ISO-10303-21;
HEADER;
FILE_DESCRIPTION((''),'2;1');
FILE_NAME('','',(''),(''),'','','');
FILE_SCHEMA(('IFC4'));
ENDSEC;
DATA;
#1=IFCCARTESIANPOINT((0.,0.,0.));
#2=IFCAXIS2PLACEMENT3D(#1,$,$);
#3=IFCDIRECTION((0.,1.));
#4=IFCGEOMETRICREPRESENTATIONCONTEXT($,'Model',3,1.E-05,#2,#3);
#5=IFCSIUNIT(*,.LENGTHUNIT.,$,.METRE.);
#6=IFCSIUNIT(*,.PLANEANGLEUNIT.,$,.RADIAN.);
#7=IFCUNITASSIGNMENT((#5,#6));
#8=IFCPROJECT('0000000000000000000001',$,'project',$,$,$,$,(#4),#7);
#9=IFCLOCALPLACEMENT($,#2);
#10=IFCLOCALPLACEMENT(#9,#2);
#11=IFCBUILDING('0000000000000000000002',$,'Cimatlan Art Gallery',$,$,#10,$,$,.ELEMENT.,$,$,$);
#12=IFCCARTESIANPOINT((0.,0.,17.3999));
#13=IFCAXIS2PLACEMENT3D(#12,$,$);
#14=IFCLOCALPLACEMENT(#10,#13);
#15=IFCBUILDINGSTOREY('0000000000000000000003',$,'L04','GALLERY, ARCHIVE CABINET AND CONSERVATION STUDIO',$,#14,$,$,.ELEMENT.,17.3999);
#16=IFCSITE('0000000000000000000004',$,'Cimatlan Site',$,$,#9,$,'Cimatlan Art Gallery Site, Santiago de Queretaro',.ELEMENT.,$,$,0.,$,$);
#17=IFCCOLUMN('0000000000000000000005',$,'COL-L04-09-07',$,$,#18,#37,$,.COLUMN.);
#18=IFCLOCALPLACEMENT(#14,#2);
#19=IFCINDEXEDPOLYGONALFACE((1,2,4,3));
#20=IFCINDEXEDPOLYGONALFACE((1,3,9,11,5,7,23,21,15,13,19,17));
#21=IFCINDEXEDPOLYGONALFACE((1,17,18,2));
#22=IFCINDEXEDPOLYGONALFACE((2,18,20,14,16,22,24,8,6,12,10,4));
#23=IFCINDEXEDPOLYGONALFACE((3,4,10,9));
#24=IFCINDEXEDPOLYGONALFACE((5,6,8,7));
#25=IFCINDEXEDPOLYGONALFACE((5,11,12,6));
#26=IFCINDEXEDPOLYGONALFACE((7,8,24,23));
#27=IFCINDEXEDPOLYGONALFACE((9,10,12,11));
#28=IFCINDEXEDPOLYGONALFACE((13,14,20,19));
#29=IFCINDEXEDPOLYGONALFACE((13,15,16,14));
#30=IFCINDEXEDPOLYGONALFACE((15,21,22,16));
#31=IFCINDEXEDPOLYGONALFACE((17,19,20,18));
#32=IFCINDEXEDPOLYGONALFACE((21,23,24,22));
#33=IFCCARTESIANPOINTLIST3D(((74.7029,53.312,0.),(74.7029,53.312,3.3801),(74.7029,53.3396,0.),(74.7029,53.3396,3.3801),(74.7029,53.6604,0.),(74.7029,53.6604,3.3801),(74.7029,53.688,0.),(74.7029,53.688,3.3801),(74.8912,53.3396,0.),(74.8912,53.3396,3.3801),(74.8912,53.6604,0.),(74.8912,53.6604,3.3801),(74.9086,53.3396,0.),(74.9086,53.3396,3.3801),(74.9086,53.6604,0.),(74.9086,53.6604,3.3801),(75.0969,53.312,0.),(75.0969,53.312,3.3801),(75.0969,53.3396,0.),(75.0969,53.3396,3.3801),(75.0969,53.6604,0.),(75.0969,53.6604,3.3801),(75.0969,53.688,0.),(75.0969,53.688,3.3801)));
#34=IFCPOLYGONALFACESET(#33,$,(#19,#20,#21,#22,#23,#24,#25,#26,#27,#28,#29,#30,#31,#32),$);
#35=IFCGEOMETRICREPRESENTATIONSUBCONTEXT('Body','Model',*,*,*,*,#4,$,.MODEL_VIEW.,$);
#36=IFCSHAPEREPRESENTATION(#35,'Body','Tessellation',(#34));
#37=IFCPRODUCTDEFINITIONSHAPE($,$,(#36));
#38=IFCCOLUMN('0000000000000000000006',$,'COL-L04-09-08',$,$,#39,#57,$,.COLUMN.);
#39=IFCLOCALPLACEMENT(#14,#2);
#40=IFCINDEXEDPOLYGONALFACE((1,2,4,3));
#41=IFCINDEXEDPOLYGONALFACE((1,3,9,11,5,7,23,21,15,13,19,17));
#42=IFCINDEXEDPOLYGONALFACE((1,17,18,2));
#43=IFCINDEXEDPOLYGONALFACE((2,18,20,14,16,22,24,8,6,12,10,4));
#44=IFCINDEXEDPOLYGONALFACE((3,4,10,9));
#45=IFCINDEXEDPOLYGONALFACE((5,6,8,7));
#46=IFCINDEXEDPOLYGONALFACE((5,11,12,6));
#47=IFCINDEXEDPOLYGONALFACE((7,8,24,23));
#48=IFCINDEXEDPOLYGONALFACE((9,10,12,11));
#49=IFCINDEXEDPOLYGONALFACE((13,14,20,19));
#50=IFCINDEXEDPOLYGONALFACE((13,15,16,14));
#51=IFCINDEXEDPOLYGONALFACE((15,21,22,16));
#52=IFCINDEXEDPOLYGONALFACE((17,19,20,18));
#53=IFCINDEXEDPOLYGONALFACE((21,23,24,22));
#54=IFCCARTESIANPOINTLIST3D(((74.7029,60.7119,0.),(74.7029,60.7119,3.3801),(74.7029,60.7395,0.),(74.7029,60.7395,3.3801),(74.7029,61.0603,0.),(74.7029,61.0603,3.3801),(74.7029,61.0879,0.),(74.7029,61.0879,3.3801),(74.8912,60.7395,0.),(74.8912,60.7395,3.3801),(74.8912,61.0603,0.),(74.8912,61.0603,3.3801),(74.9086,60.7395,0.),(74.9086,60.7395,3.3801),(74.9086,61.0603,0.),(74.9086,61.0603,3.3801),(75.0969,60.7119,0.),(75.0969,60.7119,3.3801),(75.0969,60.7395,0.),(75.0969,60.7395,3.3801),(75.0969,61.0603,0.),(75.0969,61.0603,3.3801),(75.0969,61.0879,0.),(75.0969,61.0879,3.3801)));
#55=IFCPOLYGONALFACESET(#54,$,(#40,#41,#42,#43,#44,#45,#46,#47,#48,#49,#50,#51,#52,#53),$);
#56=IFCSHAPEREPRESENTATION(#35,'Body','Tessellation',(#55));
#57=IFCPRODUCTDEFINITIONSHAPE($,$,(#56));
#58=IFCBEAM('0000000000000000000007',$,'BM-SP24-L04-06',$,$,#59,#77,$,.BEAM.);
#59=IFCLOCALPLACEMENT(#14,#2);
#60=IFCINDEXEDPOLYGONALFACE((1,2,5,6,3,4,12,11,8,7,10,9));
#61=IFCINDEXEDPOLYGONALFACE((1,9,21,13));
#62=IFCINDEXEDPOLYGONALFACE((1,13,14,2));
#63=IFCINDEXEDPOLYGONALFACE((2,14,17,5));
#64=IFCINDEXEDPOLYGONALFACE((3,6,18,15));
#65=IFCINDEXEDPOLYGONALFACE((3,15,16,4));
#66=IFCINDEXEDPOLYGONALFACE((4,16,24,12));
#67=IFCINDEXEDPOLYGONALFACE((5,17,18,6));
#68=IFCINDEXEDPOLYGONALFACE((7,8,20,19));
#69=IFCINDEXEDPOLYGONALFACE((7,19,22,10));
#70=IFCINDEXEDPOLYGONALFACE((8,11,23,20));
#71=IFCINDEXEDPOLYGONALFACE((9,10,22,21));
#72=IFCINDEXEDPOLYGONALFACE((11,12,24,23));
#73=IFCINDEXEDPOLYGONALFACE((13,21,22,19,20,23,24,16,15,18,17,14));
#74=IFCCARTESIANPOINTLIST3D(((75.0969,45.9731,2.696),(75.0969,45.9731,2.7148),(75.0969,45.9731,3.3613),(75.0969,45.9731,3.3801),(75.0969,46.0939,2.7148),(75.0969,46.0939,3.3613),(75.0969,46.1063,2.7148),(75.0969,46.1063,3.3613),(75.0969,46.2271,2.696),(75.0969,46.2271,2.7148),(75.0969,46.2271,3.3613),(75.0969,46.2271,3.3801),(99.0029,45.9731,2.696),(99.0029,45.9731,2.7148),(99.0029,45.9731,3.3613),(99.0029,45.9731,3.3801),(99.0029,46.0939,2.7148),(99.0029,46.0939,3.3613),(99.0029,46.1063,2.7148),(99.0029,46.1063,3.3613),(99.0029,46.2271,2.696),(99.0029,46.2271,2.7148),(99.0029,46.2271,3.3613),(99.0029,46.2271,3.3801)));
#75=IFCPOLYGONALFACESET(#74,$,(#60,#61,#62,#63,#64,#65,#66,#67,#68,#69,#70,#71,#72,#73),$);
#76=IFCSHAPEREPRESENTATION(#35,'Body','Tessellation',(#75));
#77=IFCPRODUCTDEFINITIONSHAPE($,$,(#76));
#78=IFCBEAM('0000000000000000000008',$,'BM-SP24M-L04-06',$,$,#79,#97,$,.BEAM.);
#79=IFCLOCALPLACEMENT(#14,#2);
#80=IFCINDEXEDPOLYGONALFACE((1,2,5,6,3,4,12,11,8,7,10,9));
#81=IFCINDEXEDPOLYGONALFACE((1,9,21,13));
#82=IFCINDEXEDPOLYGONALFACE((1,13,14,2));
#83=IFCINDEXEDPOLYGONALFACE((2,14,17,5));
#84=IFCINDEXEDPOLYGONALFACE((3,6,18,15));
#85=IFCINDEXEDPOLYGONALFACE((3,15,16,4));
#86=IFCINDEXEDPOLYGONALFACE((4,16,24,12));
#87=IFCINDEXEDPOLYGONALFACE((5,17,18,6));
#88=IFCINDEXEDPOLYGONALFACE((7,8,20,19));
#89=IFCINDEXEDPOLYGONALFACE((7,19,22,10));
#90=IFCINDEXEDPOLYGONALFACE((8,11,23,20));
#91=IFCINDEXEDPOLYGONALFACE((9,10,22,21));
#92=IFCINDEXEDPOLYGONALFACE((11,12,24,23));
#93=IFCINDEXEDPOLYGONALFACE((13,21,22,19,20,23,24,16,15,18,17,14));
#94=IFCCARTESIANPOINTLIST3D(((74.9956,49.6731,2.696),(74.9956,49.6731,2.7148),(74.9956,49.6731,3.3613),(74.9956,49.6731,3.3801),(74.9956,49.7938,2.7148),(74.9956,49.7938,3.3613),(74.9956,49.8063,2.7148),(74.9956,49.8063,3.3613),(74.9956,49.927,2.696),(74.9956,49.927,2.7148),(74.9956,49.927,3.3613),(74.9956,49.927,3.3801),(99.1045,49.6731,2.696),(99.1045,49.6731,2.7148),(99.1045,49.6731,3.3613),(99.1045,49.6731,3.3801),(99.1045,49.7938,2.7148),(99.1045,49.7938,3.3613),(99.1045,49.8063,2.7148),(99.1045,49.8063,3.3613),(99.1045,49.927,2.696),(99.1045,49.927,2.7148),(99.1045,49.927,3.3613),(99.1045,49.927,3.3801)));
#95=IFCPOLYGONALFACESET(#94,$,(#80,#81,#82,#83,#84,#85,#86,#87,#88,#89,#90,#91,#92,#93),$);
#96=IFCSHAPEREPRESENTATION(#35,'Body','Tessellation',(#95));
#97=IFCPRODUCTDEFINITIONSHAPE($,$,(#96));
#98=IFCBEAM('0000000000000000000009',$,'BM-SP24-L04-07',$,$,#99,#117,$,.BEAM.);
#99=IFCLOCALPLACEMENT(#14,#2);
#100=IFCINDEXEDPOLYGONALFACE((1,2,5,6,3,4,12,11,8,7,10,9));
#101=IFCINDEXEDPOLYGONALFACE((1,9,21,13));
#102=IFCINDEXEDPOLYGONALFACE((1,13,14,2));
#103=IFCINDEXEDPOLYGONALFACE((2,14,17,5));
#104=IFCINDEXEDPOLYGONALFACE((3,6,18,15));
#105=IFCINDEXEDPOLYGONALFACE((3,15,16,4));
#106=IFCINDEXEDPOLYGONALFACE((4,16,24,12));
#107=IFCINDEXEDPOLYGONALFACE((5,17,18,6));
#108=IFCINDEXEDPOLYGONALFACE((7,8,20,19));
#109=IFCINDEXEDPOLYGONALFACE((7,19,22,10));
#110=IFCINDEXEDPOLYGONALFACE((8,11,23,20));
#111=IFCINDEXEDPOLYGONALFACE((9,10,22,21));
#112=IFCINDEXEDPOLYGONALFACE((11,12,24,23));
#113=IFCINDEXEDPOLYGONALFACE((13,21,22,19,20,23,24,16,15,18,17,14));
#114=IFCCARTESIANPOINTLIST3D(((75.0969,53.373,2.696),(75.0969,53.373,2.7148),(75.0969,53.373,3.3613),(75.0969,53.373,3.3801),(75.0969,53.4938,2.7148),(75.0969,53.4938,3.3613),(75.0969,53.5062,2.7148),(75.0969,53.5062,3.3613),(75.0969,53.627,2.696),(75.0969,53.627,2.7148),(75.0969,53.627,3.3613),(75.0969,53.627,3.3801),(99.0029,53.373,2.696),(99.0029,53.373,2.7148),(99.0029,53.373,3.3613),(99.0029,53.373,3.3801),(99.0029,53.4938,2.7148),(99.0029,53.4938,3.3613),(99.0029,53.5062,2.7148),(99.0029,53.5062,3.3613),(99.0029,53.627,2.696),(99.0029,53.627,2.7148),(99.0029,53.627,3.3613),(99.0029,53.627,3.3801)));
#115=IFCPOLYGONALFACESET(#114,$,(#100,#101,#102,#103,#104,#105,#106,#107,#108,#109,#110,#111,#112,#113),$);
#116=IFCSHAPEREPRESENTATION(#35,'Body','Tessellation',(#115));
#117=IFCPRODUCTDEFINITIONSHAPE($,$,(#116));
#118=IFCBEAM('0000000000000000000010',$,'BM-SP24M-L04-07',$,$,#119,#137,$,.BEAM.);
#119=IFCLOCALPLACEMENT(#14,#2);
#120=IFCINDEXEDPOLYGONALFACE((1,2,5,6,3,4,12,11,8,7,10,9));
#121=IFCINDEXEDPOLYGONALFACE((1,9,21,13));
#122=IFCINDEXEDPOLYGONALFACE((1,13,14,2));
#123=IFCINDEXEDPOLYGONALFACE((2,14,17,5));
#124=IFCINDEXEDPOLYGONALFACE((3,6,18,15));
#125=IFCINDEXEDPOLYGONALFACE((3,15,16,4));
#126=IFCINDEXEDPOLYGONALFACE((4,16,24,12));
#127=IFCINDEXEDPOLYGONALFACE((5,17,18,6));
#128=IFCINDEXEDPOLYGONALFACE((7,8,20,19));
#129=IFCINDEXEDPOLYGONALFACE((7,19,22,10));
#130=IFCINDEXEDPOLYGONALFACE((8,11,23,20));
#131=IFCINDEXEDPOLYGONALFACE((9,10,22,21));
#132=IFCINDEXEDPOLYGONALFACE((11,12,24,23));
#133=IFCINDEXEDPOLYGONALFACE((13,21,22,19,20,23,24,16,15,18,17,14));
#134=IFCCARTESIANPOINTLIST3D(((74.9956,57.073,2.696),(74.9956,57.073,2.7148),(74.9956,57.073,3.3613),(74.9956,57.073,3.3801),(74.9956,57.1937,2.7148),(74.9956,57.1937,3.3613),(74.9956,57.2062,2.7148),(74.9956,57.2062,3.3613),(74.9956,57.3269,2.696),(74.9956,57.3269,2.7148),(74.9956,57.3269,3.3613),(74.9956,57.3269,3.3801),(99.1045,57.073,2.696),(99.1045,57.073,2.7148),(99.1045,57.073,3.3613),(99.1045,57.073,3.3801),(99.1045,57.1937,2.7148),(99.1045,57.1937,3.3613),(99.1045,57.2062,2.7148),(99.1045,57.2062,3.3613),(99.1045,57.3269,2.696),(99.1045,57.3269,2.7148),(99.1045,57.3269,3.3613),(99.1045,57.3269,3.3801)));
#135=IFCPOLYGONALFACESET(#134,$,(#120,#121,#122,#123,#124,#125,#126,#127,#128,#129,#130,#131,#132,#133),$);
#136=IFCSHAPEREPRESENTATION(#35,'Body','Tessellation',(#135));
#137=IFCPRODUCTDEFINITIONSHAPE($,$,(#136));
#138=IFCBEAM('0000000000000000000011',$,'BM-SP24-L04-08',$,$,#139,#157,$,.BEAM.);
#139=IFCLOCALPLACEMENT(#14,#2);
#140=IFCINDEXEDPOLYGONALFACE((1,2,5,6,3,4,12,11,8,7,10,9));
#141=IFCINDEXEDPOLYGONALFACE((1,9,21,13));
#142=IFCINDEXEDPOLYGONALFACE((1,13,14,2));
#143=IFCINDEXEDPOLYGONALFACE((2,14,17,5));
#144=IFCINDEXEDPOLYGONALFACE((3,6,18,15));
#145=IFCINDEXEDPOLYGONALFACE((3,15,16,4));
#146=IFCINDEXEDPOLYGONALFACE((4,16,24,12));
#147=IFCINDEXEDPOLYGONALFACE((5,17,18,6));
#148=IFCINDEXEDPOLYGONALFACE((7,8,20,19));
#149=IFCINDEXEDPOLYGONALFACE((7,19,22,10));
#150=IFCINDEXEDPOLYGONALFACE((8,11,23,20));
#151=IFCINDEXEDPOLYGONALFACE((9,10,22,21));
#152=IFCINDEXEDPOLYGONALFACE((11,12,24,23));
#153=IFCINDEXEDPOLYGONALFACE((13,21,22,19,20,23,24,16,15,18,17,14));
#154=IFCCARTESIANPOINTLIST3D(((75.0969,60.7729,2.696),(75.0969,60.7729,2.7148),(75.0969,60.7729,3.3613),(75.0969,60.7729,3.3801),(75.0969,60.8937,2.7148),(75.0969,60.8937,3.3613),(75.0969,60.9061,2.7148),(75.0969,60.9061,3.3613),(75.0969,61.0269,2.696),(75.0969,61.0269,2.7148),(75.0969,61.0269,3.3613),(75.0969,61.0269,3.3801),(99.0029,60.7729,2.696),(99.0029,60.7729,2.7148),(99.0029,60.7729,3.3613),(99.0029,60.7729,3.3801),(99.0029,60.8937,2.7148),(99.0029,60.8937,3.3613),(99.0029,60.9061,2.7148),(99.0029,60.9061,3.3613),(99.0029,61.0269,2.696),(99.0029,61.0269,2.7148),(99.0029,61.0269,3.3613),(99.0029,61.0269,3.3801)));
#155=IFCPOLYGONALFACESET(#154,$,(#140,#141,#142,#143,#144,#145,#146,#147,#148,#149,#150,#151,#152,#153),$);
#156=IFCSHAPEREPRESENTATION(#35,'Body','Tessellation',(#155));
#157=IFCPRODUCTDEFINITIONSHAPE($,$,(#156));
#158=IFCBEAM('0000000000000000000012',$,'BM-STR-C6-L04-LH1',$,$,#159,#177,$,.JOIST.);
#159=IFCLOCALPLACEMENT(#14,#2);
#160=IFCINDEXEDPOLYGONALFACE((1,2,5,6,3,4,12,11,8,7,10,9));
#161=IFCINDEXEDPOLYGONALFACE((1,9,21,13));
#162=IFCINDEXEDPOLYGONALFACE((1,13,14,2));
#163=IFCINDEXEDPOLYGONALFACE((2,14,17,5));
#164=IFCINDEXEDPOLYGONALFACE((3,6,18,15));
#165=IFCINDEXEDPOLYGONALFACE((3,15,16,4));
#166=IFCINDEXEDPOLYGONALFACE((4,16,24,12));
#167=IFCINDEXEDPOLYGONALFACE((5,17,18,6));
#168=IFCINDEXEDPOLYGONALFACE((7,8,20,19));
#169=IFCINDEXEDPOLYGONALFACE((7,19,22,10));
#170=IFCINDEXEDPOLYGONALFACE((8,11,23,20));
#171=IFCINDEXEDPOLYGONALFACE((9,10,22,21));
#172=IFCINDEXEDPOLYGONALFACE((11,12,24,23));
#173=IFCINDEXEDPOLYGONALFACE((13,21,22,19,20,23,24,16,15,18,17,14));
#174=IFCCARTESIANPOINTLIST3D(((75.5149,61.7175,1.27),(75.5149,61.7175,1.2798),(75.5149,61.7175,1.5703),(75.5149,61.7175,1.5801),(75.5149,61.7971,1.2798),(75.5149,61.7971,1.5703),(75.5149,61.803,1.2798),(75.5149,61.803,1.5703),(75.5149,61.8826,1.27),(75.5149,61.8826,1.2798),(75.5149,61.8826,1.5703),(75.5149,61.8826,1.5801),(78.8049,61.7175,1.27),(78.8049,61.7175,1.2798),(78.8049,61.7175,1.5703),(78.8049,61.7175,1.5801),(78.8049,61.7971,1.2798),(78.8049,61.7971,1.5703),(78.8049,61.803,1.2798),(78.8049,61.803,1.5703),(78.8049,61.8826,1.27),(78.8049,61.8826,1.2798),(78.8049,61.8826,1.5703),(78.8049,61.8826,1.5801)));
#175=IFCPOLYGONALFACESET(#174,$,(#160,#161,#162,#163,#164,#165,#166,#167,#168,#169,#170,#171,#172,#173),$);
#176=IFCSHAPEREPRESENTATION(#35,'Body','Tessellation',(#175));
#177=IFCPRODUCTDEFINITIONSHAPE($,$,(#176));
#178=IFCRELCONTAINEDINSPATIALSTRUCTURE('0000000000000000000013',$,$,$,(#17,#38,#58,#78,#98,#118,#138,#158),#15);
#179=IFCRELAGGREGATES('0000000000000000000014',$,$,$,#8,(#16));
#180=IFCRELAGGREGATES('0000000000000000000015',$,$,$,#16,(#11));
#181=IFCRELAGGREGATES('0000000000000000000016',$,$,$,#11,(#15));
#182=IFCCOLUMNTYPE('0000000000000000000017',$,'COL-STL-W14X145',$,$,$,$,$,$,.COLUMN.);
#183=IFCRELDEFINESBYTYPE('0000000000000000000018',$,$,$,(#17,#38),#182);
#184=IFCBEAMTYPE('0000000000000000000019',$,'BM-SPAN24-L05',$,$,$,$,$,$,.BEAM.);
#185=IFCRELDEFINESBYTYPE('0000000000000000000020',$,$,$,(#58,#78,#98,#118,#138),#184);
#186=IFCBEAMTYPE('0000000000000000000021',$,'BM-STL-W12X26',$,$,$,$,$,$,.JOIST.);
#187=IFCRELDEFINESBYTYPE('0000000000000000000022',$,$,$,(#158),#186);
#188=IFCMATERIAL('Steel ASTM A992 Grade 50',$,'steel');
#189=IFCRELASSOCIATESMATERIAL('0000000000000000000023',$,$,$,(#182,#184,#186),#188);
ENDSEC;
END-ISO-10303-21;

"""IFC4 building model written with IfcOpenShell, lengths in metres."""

from ifc_helpers import new_model, si_unit, direction, frame, origin, origin_2d, place, context, subcontext, project, spatial, i_section, extrude, material, material_profile, profile_set, type_object, element, save


model = new_model("IFC4")

# Units and contexts
model_context = context("Model", 3, precision=1e-05, world=origin(), true_north=direction((0.0, 1.0)))
body_context = subcontext(model_context, "Body", "Model", "MODEL_VIEW")
ifc_project = project(units=[si_unit("LENGTHUNIT", "METRE"), si_unit("PLANEANGLEUNIT", "RADIAN")], contexts=[model_context])

# Site, building, storey
site_placement = place(None, origin())
site = spatial("IfcSite", under=ifc_project, at=site_placement, Name="Cimatlan Site", LongName="Cimatlan Art Gallery Site, Santiago de Queretaro", CompositionType="ELEMENT", RefElevation=0.0)
building_placement = place(site_placement, origin())
building = spatial("IfcBuilding", under=site, at=building_placement, Name="Cimatlan Art Gallery", CompositionType="ELEMENT")
storey_placement = place(building_placement, frame((0.0, 0.0, 17.3999)))
storey = spatial("IfcBuildingStorey", under=building, at=storey_placement, Name="L04", Description="GALLERY, ARCHIVE CABINET AND CONSERVATION STUDIO", CompositionType="ELEMENT", Elevation=17.3999)

# Columns
ifc_material_1 = material(Name="Steel ASTM A992 Grade 50", Category="steel")
ifc_material_profile_1 = material_profile(ifc_material_1, i_section(OverallWidth=0.394, OverallDepth=0.376, WebThickness=0.0173, FlangeThickness=0.0276, at=origin_2d()), Name="W14X145")
ifc_profile_set_1 = profile_set([ifc_material_profile_1], Name="Steel ASTM A992 Grade 50")
column_type = type_object("IfcColumnType", Name="COL-STL-W14X145", PredefinedType="COLUMN", material=ifc_profile_set_1)
for number, where, z_axis, x_axis, name in (
    (1, (74.8999, 53.5, 0.0), (0.0, 0.0, 1.0), (1.0, 0.0, 0.0), "COL-L04-09-07"),
    (2, (74.8999, 60.8999, 0.0), (0.0, 0.0, 1.0), (1.0, 0.0, 0.0), "COL-L04-09-08"),
):
    element("IfcColumn", number, at=place(storey_placement, frame(where, z_axis=z_axis, x_axis=x_axis)), inside=storey, type_object=column_type, Name=name, PredefinedType="COLUMN", context=body_context, shape_type="SweptSolid", body=[
        extrude(i_section(OverallWidth=0.394, OverallDepth=0.376, WebThickness=0.0173, FlangeThickness=0.0276, at=origin_2d()), origin(), (0.0, 0.0, 1.0), 3.3801),
    ])

# Beams
ifc_material_profile_2 = material_profile(ifc_material_1, i_section(OverallWidth=0.2539, OverallDepth=0.6841, WebThickness=0.0125, FlangeThickness=0.0188, at=origin_2d()), Name="W27X94")
ifc_profile_set_2 = profile_set([ifc_material_profile_2], Name="Steel ASTM A992 Grade 50")
beam_type_1 = type_object("IfcBeamType", Name="BM-SPAN24-L05", PredefinedType="BEAM", material=ifc_profile_set_2)
beam_1_placement = place(storey_placement, frame((75.0969, 46.1001, 3.0381), z_axis=(1.0, 0.0, 0.0), x_axis=(0.0, 1.0, 0.0)))
element("IfcBeam", 3, at=beam_1_placement, inside=storey, type_object=beam_type_1, Name="BM-SP24-L04-06", PredefinedType="BEAM", context=body_context, shape_type="SweptSolid", body=[
    extrude(i_section(OverallWidth=0.2539, OverallDepth=0.6841, WebThickness=0.0125, FlangeThickness=0.0188, at=origin_2d()), origin(), (0.0, 0.0, 1.0), 23.906),
])
beam_2_placement = place(storey_placement, frame((74.9956, 49.8, 3.0381), z_axis=(1.0, 0.0, 0.0), x_axis=(0.0, 1.0, 0.0)))
element("IfcBeam", 4, at=beam_2_placement, inside=storey, type_object=beam_type_1, Name="BM-SP24M-L04-06", PredefinedType="BEAM", context=body_context, shape_type="SweptSolid", body=[
    extrude(i_section(OverallWidth=0.2539, OverallDepth=0.6841, WebThickness=0.0125, FlangeThickness=0.0188, at=origin_2d()), origin(), (0.0, 0.0, 1.0), 24.1089),
])
beam_3_placement = place(storey_placement, frame((75.0969, 53.5, 3.0381), z_axis=(1.0, 0.0, 0.0), x_axis=(0.0, 1.0, 0.0)))
element("IfcBeam", 5, at=beam_3_placement, inside=storey, type_object=beam_type_1, Name="BM-SP24-L04-07", PredefinedType="BEAM", context=body_context, shape_type="SweptSolid", body=[
    extrude(i_section(OverallWidth=0.2539, OverallDepth=0.6841, WebThickness=0.0125, FlangeThickness=0.0188, at=origin_2d()), origin(), (0.0, 0.0, 1.0), 23.906),
])
beam_4_placement = place(storey_placement, frame((74.9956, 57.2, 3.0381), z_axis=(1.0, 0.0, 0.0), x_axis=(0.0, 1.0, 0.0)))
element("IfcBeam", 6, at=beam_4_placement, inside=storey, type_object=beam_type_1, Name="BM-SP24M-L04-07", PredefinedType="BEAM", context=body_context, shape_type="SweptSolid", body=[
    extrude(i_section(OverallWidth=0.2539, OverallDepth=0.6841, WebThickness=0.0125, FlangeThickness=0.0188, at=origin_2d()), origin(), (0.0, 0.0, 1.0), 24.1089),
])
beam_5_placement = place(storey_placement, frame((75.0969, 60.8999, 3.0381), z_axis=(1.0, 0.0, 0.0), x_axis=(0.0, 1.0, 0.0)))
element("IfcBeam", 7, at=beam_5_placement, inside=storey, type_object=beam_type_1, Name="BM-SP24-L04-08", PredefinedType="BEAM", context=body_context, shape_type="SweptSolid", body=[
    extrude(i_section(OverallWidth=0.2539, OverallDepth=0.6841, WebThickness=0.0125, FlangeThickness=0.0188, at=origin_2d()), origin(), (0.0, 0.0, 1.0), 23.906),
])
ifc_material_profile_3 = material_profile(ifc_material_1, i_section(OverallWidth=0.165, OverallDepth=0.3101, WebThickness=0.0059, FlangeThickness=0.0098, at=origin_2d()), Name="W12X26")
ifc_profile_set_3 = profile_set([ifc_material_profile_3], Name="Steel ASTM A992 Grade 50")
beam_type_2 = type_object("IfcBeamType", Name="BM-STL-W12X26", PredefinedType="JOIST", material=ifc_profile_set_3)
beam_6_placement = place(storey_placement, frame((75.5149, 61.8, 1.425), z_axis=(1.0, 0.0, 0.0), x_axis=(0.0, 1.0, 0.0)))
element("IfcBeam", 8, at=beam_6_placement, inside=storey, type_object=beam_type_2, Name="BM-STR-C6-L04-LH1", PredefinedType="JOIST", context=body_context, shape_type="SweptSolid", body=[
    extrude(i_section(OverallWidth=0.165, OverallDepth=0.3101, WebThickness=0.0059, FlangeThickness=0.0098, at=origin_2d()), origin(), (0.0, 0.0, 1.0), 3.29),
])

save(model, "model.ifc")
